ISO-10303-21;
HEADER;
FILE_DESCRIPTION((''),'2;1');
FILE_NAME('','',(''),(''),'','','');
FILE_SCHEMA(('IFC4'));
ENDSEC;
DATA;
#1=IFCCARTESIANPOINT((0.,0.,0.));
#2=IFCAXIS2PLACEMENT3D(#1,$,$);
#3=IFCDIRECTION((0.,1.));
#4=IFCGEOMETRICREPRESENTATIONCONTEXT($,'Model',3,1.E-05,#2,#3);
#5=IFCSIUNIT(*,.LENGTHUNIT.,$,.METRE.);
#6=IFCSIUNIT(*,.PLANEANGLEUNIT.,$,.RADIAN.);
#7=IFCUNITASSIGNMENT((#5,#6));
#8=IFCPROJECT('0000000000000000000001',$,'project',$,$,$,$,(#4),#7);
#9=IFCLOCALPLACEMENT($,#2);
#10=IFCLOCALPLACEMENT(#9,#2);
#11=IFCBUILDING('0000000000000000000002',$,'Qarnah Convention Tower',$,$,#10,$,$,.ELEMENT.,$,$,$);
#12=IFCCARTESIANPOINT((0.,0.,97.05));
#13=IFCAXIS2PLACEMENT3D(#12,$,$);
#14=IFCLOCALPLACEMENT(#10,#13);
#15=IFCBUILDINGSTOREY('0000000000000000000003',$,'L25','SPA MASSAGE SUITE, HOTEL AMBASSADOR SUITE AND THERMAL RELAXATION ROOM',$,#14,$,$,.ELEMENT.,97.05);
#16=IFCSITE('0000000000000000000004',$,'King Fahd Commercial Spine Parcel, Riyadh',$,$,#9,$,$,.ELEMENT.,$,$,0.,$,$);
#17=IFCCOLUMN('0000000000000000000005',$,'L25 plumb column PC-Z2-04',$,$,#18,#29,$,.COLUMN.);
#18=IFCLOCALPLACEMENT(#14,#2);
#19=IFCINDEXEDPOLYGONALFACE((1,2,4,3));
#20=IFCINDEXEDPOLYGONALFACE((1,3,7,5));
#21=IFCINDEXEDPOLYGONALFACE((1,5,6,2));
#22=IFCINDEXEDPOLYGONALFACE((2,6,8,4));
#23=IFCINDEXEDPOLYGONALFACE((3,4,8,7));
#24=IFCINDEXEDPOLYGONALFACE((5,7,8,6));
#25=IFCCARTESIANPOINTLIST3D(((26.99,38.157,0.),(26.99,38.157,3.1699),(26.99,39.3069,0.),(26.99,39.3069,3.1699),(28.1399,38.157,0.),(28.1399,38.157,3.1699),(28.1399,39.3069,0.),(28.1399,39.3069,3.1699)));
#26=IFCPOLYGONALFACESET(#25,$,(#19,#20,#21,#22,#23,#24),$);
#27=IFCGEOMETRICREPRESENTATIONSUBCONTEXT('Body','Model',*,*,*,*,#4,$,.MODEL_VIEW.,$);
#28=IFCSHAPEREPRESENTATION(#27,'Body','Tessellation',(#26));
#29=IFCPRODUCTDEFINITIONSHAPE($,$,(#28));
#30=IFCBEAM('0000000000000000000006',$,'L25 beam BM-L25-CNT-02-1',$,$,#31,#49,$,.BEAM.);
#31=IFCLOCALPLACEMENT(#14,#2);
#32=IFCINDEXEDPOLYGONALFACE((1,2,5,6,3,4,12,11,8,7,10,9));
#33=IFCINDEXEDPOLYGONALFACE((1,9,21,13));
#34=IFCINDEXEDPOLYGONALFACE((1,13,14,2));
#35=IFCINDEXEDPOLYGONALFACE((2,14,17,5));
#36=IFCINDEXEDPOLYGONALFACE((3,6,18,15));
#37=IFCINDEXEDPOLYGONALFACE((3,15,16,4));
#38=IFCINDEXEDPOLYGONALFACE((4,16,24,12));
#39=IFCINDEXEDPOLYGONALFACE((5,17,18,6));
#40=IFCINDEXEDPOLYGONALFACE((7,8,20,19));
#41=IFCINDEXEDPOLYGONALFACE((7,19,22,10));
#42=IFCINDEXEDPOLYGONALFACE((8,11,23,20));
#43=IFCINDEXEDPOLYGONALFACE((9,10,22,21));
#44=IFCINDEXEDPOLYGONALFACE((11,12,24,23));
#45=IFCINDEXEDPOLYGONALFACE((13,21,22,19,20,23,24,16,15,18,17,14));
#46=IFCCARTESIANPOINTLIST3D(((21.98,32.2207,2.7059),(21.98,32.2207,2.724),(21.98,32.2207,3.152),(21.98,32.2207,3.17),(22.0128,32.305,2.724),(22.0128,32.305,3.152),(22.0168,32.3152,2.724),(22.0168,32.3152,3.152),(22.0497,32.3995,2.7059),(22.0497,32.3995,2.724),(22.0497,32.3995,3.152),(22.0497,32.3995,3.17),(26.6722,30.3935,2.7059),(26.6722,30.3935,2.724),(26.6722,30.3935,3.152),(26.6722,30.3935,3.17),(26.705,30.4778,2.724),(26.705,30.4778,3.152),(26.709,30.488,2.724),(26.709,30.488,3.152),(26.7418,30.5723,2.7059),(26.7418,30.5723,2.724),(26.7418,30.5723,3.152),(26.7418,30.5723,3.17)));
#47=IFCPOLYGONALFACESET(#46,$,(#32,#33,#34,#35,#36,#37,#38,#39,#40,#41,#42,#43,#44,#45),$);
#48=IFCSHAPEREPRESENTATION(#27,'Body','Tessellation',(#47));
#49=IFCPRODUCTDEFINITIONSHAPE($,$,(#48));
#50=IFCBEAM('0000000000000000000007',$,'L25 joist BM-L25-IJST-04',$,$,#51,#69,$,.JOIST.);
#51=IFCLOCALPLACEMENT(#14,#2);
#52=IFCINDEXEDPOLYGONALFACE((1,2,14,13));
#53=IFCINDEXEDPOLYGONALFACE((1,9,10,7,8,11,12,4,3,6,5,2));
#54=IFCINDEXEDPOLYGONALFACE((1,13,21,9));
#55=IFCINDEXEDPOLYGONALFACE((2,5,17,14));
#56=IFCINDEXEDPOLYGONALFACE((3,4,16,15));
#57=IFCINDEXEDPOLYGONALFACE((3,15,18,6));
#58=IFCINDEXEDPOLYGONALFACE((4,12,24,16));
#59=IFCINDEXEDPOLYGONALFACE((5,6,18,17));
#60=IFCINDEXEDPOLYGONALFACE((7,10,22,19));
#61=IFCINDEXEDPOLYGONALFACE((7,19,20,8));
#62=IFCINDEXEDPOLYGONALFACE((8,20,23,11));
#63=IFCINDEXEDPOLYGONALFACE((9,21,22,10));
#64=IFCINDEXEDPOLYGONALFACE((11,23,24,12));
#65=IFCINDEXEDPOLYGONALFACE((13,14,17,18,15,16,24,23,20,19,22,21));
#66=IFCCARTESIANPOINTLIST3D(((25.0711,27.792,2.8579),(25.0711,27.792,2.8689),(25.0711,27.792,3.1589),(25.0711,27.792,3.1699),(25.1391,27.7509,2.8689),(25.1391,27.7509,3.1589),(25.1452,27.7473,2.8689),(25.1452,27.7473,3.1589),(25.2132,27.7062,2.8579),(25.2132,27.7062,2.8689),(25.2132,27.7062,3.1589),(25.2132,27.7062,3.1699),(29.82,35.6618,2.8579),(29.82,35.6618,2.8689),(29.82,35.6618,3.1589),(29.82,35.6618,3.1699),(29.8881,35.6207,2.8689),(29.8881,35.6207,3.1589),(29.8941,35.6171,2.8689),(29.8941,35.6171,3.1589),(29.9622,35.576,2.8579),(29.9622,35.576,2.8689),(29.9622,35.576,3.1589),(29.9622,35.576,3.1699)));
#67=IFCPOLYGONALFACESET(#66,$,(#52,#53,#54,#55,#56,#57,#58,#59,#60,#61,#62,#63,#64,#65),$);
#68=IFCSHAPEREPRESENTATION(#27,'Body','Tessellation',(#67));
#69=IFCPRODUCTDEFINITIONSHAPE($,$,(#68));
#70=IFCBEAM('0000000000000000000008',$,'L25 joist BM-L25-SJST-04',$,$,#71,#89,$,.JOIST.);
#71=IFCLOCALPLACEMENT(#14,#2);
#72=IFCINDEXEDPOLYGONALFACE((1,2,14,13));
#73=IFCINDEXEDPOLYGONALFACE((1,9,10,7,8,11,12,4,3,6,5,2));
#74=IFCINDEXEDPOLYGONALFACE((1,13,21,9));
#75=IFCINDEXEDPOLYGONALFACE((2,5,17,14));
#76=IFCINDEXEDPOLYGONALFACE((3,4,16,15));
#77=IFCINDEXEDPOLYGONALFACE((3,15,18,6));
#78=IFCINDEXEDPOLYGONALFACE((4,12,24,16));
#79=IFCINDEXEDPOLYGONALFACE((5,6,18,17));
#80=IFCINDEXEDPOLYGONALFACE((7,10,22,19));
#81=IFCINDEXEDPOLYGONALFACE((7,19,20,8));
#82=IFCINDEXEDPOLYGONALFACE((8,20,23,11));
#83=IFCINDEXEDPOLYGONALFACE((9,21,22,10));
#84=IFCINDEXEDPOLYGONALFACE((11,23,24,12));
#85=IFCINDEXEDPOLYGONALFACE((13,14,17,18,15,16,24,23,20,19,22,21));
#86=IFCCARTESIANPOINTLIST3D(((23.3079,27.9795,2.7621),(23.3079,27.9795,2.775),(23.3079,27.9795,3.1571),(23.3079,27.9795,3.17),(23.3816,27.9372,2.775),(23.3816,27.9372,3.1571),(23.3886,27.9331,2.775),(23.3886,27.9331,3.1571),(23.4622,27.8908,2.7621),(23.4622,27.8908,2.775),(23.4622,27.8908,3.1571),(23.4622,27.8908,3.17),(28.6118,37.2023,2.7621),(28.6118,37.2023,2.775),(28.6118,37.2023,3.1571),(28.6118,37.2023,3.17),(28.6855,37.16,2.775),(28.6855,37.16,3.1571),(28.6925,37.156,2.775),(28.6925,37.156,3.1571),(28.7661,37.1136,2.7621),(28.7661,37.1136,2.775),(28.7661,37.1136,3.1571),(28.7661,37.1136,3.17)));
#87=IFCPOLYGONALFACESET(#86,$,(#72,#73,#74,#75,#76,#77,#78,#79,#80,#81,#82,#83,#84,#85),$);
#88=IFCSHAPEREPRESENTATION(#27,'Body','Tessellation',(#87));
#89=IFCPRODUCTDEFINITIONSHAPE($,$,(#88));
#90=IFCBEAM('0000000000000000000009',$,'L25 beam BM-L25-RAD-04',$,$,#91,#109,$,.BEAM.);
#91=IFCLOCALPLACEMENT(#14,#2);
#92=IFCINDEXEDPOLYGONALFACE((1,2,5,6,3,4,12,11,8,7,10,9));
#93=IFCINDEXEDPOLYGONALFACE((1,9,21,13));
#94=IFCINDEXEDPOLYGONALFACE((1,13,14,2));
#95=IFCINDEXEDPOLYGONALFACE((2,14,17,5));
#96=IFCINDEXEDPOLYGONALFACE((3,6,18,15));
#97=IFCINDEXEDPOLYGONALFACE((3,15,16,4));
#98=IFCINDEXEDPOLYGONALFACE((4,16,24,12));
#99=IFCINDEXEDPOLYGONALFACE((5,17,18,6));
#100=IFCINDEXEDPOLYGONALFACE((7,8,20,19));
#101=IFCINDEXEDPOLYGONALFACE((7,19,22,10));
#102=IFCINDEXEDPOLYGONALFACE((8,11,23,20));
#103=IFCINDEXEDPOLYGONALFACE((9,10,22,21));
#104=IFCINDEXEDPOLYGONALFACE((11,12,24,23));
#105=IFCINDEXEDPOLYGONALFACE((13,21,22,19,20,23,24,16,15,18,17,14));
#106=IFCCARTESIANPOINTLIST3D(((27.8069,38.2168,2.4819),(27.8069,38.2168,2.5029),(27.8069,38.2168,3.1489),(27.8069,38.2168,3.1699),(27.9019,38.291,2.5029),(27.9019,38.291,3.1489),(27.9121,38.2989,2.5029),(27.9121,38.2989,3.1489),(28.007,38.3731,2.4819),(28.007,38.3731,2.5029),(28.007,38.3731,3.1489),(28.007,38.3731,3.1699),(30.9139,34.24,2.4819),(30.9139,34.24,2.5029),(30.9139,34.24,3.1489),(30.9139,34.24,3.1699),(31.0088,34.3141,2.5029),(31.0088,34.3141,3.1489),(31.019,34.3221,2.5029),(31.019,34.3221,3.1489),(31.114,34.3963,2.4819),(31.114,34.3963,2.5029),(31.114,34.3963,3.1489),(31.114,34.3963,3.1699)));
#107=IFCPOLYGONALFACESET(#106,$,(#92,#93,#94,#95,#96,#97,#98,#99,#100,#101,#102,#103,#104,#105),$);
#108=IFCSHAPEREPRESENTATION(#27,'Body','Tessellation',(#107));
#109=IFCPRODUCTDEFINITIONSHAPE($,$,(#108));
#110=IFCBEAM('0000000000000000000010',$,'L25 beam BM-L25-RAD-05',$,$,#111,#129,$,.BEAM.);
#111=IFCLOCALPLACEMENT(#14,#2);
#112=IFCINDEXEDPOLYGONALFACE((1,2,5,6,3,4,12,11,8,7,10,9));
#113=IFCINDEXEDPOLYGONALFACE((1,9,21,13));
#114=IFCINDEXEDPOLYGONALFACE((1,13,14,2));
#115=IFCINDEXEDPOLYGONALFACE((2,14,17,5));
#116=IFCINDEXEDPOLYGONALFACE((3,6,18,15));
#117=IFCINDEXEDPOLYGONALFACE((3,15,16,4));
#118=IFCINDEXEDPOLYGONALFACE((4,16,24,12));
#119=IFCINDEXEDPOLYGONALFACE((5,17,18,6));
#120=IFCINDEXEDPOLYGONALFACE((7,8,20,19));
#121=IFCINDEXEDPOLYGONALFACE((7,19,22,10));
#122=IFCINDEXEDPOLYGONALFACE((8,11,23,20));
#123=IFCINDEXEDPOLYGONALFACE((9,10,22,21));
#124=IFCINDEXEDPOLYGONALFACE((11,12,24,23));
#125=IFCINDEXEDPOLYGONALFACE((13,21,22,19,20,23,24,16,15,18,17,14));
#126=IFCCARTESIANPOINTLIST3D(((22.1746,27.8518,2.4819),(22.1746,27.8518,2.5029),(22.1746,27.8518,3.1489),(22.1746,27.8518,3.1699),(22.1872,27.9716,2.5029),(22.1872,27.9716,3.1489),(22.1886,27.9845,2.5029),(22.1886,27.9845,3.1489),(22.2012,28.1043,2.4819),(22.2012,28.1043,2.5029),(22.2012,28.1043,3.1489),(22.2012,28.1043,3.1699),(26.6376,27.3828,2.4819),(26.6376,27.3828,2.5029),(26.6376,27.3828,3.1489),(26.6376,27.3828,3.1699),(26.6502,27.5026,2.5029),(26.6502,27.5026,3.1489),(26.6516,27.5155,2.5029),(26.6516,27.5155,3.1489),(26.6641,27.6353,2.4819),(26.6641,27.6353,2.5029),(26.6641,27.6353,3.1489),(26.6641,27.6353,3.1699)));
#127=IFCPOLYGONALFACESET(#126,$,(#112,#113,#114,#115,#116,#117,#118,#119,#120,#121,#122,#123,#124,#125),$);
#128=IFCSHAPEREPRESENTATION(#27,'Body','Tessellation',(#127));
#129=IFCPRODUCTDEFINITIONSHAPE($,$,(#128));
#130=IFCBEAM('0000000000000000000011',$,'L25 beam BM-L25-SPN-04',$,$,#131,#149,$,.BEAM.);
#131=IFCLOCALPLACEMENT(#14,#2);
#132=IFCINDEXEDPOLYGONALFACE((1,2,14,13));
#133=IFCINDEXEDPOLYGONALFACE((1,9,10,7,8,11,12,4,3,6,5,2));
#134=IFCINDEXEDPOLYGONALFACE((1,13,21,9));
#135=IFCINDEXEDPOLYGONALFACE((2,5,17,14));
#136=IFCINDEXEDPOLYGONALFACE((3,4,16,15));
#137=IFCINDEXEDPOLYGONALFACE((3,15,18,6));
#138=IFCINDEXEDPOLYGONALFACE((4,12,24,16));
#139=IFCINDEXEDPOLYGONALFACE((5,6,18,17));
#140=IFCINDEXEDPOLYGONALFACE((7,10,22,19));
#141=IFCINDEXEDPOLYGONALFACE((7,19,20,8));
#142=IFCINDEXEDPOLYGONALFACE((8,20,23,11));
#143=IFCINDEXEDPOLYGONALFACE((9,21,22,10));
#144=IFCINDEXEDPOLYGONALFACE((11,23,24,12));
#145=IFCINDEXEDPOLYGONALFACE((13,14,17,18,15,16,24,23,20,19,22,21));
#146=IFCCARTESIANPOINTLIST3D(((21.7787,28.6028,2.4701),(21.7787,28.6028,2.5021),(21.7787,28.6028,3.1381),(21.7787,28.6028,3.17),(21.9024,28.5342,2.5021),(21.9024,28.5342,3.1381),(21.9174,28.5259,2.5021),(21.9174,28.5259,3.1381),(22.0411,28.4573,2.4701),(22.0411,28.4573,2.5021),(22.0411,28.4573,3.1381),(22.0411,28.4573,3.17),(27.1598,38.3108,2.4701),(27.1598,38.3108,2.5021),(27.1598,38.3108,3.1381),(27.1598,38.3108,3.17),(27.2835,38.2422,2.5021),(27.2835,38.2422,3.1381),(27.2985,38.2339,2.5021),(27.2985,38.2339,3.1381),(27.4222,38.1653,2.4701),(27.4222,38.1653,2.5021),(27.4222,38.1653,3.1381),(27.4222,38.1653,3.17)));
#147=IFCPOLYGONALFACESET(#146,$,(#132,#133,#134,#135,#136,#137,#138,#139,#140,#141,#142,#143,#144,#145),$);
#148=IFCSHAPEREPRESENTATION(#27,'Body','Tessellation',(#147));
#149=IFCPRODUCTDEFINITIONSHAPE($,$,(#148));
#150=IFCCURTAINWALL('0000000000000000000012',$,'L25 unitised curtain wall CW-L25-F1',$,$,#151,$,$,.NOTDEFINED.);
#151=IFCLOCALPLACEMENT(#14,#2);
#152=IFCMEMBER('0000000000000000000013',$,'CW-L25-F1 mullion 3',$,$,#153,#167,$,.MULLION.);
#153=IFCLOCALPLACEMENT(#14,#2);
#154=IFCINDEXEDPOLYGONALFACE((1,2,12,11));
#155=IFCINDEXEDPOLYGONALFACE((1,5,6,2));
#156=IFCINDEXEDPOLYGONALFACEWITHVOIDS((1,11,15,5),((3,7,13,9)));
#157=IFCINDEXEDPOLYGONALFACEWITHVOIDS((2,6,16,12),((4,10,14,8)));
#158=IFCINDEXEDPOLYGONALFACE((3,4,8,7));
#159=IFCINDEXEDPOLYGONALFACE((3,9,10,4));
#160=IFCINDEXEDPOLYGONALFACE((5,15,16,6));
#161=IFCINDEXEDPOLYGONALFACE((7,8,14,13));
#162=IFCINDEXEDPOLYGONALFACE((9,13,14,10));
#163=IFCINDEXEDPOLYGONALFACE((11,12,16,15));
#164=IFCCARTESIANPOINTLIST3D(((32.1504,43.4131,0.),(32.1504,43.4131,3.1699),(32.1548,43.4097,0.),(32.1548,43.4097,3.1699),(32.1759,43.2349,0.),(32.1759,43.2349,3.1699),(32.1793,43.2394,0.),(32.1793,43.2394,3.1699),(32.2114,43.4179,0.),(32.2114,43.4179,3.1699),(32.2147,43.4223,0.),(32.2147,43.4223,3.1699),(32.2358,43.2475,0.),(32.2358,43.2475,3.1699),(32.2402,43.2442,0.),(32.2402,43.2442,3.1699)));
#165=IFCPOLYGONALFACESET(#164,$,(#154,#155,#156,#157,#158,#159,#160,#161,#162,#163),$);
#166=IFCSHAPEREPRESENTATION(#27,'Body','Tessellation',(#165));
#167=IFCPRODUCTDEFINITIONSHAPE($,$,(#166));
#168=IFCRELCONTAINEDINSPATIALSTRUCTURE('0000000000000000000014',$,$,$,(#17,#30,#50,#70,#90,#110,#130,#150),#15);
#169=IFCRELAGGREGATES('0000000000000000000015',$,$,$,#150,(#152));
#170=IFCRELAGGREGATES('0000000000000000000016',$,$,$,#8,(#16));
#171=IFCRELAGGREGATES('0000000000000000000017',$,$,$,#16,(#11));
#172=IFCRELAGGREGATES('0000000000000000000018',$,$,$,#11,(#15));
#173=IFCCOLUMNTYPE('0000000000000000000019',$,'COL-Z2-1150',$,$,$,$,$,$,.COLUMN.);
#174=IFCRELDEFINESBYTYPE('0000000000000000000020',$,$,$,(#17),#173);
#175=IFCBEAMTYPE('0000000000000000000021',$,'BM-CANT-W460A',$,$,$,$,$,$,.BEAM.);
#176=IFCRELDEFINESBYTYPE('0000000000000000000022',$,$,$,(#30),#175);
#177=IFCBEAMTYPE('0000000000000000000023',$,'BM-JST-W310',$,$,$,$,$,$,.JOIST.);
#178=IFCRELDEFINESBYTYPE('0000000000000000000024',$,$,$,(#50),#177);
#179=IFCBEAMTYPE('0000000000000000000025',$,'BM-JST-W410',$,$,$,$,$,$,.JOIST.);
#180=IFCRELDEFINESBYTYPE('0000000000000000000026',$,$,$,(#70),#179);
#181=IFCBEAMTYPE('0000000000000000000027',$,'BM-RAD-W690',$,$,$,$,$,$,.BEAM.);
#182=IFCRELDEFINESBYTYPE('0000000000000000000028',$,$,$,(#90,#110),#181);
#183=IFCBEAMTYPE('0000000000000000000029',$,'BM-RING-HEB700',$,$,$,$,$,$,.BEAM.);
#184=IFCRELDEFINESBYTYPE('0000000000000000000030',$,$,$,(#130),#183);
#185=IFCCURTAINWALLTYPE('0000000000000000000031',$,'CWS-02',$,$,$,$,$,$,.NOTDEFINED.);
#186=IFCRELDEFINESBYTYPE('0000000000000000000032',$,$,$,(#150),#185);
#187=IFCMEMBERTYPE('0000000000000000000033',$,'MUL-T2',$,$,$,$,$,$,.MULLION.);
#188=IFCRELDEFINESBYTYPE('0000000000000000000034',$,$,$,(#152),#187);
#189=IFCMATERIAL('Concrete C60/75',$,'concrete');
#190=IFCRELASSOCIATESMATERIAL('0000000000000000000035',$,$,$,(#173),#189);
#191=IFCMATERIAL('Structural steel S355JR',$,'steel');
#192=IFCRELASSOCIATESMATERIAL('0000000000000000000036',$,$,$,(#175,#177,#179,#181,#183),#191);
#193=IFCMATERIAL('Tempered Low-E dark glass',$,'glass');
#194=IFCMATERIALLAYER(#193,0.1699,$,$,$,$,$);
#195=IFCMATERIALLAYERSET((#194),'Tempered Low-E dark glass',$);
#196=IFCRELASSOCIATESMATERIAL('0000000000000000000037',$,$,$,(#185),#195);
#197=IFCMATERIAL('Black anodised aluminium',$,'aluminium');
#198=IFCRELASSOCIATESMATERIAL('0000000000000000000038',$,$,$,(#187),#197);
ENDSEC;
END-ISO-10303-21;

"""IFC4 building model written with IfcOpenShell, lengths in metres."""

from ifc_helpers import new_model, si_unit, direction, frame, origin, origin_2d, place, context, subcontext, project, spatial, rectangle, hollow_rectangle, i_section, extrude, material, layer, layer_set, material_profile, profile_set, type_object, element, aggregate, save


model = new_model("IFC4")

# Units and contexts
model_context = context("Model", 3, precision=1e-05, world=origin(), true_north=direction((0.0, 1.0)))
body_context = subcontext(model_context, "Body", "Model", "MODEL_VIEW")
ifc_project = project(units=[si_unit("LENGTHUNIT", "METRE"), si_unit("PLANEANGLEUNIT", "RADIAN")], contexts=[model_context])

# Site, building, storey
site_placement = place(None, origin())
site = spatial("IfcSite", under=ifc_project, at=site_placement, Name="King Fahd Commercial Spine Parcel, Riyadh", CompositionType="ELEMENT", RefElevation=0.0)
building_placement = place(site_placement, origin())
building = spatial("IfcBuilding", under=site, at=building_placement, Name="Qarnah Convention Tower", CompositionType="ELEMENT")
storey_placement = place(building_placement, frame((0.0, 0.0, 97.05)))
storey = spatial("IfcBuildingStorey", under=building, at=storey_placement, Name="L25", Description="SPA MASSAGE SUITE, HOTEL AMBASSADOR SUITE AND THERMAL RELAXATION ROOM", CompositionType="ELEMENT", Elevation=97.05)

# Column
ifc_material_1 = material(Name="Concrete C60/75", Category="concrete")
ifc_material_profile_1 = material_profile(ifc_material_1, rectangle(XDim=1.1499, YDim=1.1499, at=origin_2d()), Name="RC-COL-1150X1150")
ifc_profile_set_1 = profile_set([ifc_material_profile_1], Name="Concrete C60/75")
column_type = type_object("IfcColumnType", Name="COL-Z2-1150", PredefinedType="COLUMN", material=ifc_profile_set_1)
column_placement = place(storey_placement, frame((27.5649, 38.7319, 0.0), z_axis=(0.0, 0.0, 1.0), x_axis=(1.0, 0.0, 0.0)))
element("IfcColumn", 1, at=column_placement, inside=storey, type_object=column_type, Name="L25 plumb column PC-Z2-04", PredefinedType="COLUMN", context=body_context, shape_type="SweptSolid", body=[
    extrude(rectangle(XDim=1.1499, YDim=1.1499, at=origin_2d()), origin(), (0.0, 0.0, 1.0), 3.1699),
])

# Beams
ifc_material_2 = material(Name="Structural steel S355JR", Category="steel")
ifc_material_profile_2 = material_profile(ifc_material_2, i_section(OverallWidth=0.1919, OverallDepth=0.4641, WebThickness=0.011, FlangeThickness=0.0181, at=origin_2d()), Name="W460X89")
ifc_profile_set_2 = profile_set([ifc_material_profile_2], Name="Structural steel S355JR")
beam_type_1 = type_object("IfcBeamType", Name="BM-CANT-W460A", PredefinedType="BEAM", material=ifc_profile_set_2)
beam_1_placement = place(storey_placement, frame((26.707, 30.4829, 2.938), z_axis=(-0.931842, 0.362865, 0.0), x_axis=(-0.362865, -0.931842, 0.0)))
element("IfcBeam", 2, at=beam_1_placement, inside=storey, type_object=beam_type_1, Name="L25 beam BM-L25-CNT-02-1", PredefinedType="BEAM", context=body_context, shape_type="SweptSolid", body=[
    extrude(i_section(OverallWidth=0.1919, OverallDepth=0.4641, WebThickness=0.011, FlangeThickness=0.0181, at=origin_2d()), origin(), (0.0, 0.0, 1.0), 5.0354),
])
ifc_material_profile_3 = material_profile(ifc_material_2, i_section(OverallWidth=0.166, OverallDepth=0.312, WebThickness=0.0071, FlangeThickness=0.011, at=origin_2d()), Name="W310X45")
ifc_profile_set_3 = profile_set([ifc_material_profile_3], Name="Structural steel S355JR")
beam_type_2 = type_object("IfcBeamType", Name="BM-JST-W310", PredefinedType="JOIST", material=ifc_profile_set_3)
beam_2_placement = place(storey_placement, frame((29.8911, 35.6189, 3.0139), z_axis=(-0.516662, -0.856189, 0.0), x_axis=(0.856189, -0.516662, 0.0)))
element("IfcBeam", 3, at=beam_2_placement, inside=storey, type_object=beam_type_2, Name="L25 joist BM-L25-IJST-04", PredefinedType="JOIST", context=body_context, shape_type="SweptSolid", body=[
    extrude(i_section(OverallWidth=0.166, OverallDepth=0.312, WebThickness=0.0071, FlangeThickness=0.011, at=origin_2d()), origin(), (0.0, 0.0, 1.0), 9.1917),
])
ifc_material_profile_4 = material_profile(ifc_material_2, i_section(OverallWidth=0.178, OverallDepth=0.408, WebThickness=0.0081, FlangeThickness=0.0129, at=origin_2d()), Name="W410X60")
ifc_profile_set_4 = profile_set([ifc_material_profile_4], Name="Structural steel S355JR")
beam_type_3 = type_object("IfcBeamType", Name="BM-JST-W410", PredefinedType="JOIST", material=ifc_profile_set_4)
beam_3_placement = place(storey_placement, frame((28.689, 37.158, 2.9661), z_axis=(-0.498527, -0.866874, 0.0), x_axis=(0.866874, -0.498527, 0.0)))
element("IfcBeam", 4, at=beam_3_placement, inside=storey, type_object=beam_type_3, Name="L25 joist BM-L25-SJST-04", PredefinedType="JOIST", context=body_context, shape_type="SweptSolid", body=[
    extrude(i_section(OverallWidth=0.178, OverallDepth=0.408, WebThickness=0.0081, FlangeThickness=0.0129, at=origin_2d()), origin(), (0.0, 0.0, 1.0), 10.6392),
])
ifc_material_profile_5 = material_profile(ifc_material_2, i_section(OverallWidth=0.2539, OverallDepth=0.688, WebThickness=0.0129, FlangeThickness=0.021, at=origin_2d()), Name="W690X152")
ifc_profile_set_5 = profile_set([ifc_material_profile_5], Name="Structural steel S355JR")
beam_type_4 = type_object("IfcBeamType", Name="BM-RAD-W690", PredefinedType="BEAM", material=ifc_profile_set_5)
beam_4_placement = place(storey_placement, frame((31.0139, 34.3181, 2.8259), z_axis=(-0.615651, 0.788019, 0.0), x_axis=(-0.788019, -0.615651, 0.0)))
element("IfcBeam", 5, at=beam_4_placement, inside=storey, type_object=beam_type_4, Name="L25 beam BM-L25-RAD-04", PredefinedType="BEAM", context=body_context, shape_type="SweptSolid", body=[
    extrude(i_section(OverallWidth=0.2539, OverallDepth=0.688, WebThickness=0.0129, FlangeThickness=0.021, at=origin_2d()), origin(), (0.0, 0.0, 1.0), 5.0466),
])
beam_5_placement = place(storey_placement, frame((26.6509, 27.509, 2.8259), z_axis=(-0.994524, 0.104512, 0.0), x_axis=(-0.104512, -0.994524, 0.0)))
element("IfcBeam", 6, at=beam_5_placement, inside=storey, type_object=beam_type_4, Name="L25 beam BM-L25-RAD-05", PredefinedType="BEAM", context=body_context, shape_type="SweptSolid", body=[
    extrude(i_section(OverallWidth=0.2539, OverallDepth=0.688, WebThickness=0.0129, FlangeThickness=0.021, at=origin_2d()), origin(), (0.0, 0.0, 1.0), 4.4875),
])
ifc_material_profile_6 = material_profile(ifc_material_2, i_section(OverallWidth=0.3, OverallDepth=0.7, WebThickness=0.0171, FlangeThickness=0.032, at=origin_2d()), Name="HEB700")
ifc_profile_set_6 = profile_set([ifc_material_profile_6], Name="Structural steel S355JR")
beam_type_5 = type_object("IfcBeamType", Name="BM-RING-HEB700", PredefinedType="BEAM", material=ifc_profile_set_6)
beam_6_placement = place(storey_placement, frame((27.291, 38.238, 2.8201), z_axis=(-0.4848, -0.874625, 0.0), x_axis=(0.874625, -0.4848, 0.0)))
element("IfcBeam", 7, at=beam_6_placement, inside=storey, type_object=beam_type_5, Name="L25 beam BM-L25-SPN-04", PredefinedType="BEAM", context=body_context, shape_type="SweptSolid", body=[
    extrude(i_section(OverallWidth=0.3, OverallDepth=0.7, WebThickness=0.0171, FlangeThickness=0.032, at=origin_2d()), origin(), (0.0, 0.0, 1.0), 11.0996),
])

# Curtain wall, member
ifc_material_3 = material(Name="Tempered Low-E dark glass", Category="glass")
ifc_layer_1 = layer(ifc_material_3, 0.1699)
ifc_layer_set_1 = layer_set([ifc_layer_1], Name="Tempered Low-E dark glass")
curtain_wall_type = type_object("IfcCurtainWallType", Name="CWS-02", PredefinedType="NOTDEFINED", material=ifc_layer_set_1)
curtain_wall_placement = place(storey_placement, origin())
curtain_wall = element("IfcCurtainWall", 8, at=curtain_wall_placement, inside=storey, type_object=curtain_wall_type, Name="L25 unitised curtain wall CW-L25-F1", PredefinedType="NOTDEFINED")
ifc_material_4 = material(Name="Black anodised aluminium", Category="aluminium")
ifc_material_profile_7 = material_profile(ifc_material_4, hollow_rectangle(XDim=0.0649, YDim=0.1799, WallThickness=0.0039, at=origin_2d()), Name="MUL-65X180")
ifc_profile_set_7 = profile_set([ifc_material_profile_7], Name="Black anodised aluminium")
member_type = type_object("IfcMemberType", Name="MUL-T2", PredefinedType="MULLION", material=ifc_profile_set_7)
member_placement = place(storey_placement, frame((32.1953, 43.3286, 0.0), z_axis=(0.0, 0.0, 1.0), x_axis=(0.989876, 0.141935, 0.0)))
member = element("IfcMember", 9, at=member_placement, type_object=member_type, Name="CW-L25-F1 mullion 3", PredefinedType="MULLION", context=body_context, shape_type="SweptSolid", body=[
    extrude(hollow_rectangle(XDim=0.0649, YDim=0.1799, WallThickness=0.0039, at=origin_2d()), origin(), (0.0, 0.0, 1.0), 3.1699),
])
aggregate(curtain_wall, [member])

save(model, "model.ifc")
